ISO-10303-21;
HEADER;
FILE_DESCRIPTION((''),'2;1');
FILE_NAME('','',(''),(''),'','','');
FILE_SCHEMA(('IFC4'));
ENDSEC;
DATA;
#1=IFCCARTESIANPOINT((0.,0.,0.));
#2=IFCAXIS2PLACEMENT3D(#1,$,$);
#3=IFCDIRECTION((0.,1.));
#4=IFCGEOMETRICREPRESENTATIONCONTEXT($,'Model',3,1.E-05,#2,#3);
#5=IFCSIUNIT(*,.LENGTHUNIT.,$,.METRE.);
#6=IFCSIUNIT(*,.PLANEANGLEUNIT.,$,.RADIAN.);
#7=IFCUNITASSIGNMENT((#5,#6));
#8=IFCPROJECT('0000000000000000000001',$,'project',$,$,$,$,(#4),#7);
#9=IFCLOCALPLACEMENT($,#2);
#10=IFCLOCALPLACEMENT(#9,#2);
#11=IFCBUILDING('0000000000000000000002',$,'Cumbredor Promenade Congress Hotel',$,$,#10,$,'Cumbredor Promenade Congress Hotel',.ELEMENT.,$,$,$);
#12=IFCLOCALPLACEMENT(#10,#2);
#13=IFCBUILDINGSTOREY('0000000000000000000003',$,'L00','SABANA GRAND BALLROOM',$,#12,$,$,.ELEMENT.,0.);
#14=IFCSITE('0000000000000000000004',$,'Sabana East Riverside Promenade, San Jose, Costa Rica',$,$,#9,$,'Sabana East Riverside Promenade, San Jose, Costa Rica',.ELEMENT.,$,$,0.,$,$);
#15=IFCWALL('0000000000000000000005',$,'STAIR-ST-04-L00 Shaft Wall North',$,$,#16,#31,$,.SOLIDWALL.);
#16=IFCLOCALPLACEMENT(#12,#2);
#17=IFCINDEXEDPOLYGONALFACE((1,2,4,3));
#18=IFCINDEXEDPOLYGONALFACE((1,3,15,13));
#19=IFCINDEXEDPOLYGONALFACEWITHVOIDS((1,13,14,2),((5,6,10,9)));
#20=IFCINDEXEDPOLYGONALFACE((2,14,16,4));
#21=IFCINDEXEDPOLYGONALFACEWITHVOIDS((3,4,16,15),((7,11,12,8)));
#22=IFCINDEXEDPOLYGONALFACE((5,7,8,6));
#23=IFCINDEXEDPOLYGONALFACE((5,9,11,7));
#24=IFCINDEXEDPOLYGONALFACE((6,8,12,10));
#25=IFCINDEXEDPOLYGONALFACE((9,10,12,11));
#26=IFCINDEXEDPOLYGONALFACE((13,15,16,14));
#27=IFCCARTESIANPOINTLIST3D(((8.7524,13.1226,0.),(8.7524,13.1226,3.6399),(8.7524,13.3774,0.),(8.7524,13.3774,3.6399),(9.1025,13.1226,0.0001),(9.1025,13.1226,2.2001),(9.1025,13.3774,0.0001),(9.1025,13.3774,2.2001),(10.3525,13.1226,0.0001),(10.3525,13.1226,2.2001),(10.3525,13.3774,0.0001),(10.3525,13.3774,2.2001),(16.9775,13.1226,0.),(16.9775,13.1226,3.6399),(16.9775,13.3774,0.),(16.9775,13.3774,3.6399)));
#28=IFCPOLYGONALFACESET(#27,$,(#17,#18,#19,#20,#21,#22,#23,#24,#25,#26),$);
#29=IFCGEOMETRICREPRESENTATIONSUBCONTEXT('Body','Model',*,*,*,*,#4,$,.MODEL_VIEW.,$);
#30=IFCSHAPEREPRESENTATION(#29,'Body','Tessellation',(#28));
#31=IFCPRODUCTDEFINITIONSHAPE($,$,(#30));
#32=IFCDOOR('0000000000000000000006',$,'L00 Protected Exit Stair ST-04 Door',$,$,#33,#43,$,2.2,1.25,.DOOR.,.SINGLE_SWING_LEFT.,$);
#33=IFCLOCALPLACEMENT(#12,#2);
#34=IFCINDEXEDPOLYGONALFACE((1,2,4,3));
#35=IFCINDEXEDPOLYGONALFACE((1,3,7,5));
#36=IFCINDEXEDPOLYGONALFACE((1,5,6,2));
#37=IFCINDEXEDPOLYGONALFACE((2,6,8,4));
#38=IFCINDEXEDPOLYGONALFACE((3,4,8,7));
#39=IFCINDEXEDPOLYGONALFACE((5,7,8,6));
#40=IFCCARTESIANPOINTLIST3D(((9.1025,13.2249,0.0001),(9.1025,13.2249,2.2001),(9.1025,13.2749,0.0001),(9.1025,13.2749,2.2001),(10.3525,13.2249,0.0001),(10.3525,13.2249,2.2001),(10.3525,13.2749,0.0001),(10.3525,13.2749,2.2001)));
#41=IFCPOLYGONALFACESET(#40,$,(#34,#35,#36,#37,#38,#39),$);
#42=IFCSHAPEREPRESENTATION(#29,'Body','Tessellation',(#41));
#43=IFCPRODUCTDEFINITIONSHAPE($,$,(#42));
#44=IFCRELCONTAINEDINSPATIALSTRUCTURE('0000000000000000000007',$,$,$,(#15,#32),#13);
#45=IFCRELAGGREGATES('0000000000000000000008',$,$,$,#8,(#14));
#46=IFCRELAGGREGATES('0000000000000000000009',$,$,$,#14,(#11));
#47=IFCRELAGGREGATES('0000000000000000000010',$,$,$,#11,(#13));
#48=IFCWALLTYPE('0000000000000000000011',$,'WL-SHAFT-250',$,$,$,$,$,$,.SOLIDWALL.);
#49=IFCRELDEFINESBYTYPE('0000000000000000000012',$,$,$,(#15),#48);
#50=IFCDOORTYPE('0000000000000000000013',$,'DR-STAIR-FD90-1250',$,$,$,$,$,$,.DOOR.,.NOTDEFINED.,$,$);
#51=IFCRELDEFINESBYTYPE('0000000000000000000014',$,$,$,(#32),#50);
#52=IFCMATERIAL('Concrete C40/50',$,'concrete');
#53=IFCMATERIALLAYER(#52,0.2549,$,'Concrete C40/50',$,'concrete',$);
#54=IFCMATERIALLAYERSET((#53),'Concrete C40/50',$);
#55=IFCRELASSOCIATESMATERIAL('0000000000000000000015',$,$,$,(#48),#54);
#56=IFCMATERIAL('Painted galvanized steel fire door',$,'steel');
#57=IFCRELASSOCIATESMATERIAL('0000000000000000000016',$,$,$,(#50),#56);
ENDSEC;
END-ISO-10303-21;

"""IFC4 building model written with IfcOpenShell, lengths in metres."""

from ifc_helpers import new_model, si_unit, direction, frame, frame_2d, origin, place, context, subcontext, project, spatial, rectangle, extrude, material, layer, layer_set, type_object, element, fill, save


model = new_model("IFC4")

# Units and contexts
model_context = context("Model", 3, precision=1e-05, world=origin(), true_north=direction((0.0, 1.0)))
body_context = subcontext(model_context, "Body", "Model", "MODEL_VIEW")
ifc_project = project(units=[si_unit("LENGTHUNIT", "METRE"), si_unit("PLANEANGLEUNIT", "RADIAN")], contexts=[model_context])

# Site, building, storey
site_placement = place(None, origin())
site = spatial("IfcSite", under=ifc_project, at=site_placement, Name="Sabana East Riverside Promenade, San Jose, Costa Rica", LongName="Sabana East Riverside Promenade, San Jose, Costa Rica", CompositionType="ELEMENT", RefElevation=0.0)
building_placement = place(site_placement, origin())
building = spatial("IfcBuilding", under=site, at=building_placement, Name="Cumbredor Promenade Congress Hotel", LongName="Cumbredor Promenade Congress Hotel", CompositionType="ELEMENT")
storey_placement = place(building_placement, origin())
storey = spatial("IfcBuildingStorey", under=building, at=storey_placement, Name="L00", Description="SABANA GRAND BALLROOM", CompositionType="ELEMENT", Elevation=0.0)

# Shared definitions
ifc_material_1 = material(Name="Concrete C40/50", Category="concrete")

# Shared definitions
ifc_layer_1 = layer(ifc_material_1, 0.2549, Name="Concrete C40/50", Category="concrete")
ifc_layer_set_1 = layer_set([ifc_layer_1], Name="Concrete C40/50")
wall_type_1 = type_object("IfcWallType", Name="WL-SHAFT-250", PredefinedType="SOLIDWALL", material=ifc_layer_set_1)

# Wall, opening, door
wall_1_placement = place(storey_placement, frame((8.7524, 13.25, 0.0), z_axis=(0.0, 0.0, 1.0), x_axis=(1.0, 0.0, 0.0)))
wall_1 = element("IfcWall", 1, at=wall_1_placement, inside=storey, type_object=wall_type_1, Name="STAIR-ST-04-L00 Shaft Wall North", PredefinedType="SOLIDWALL", context=body_context, shape_type="SweptSolid", body=[
    extrude(rectangle(XDim=8.2251, YDim=0.2549, at=frame_2d((4.1125, 0.0))), origin(), (0.0, 0.0, 1.0), 3.6399),
])
opening_1_placement = place(wall_1_placement, frame((0.3501, 0.0, 0.0)))
opening_1 = element("IfcOpeningElement", 2, at=opening_1_placement, cuts=wall_1, PredefinedType="OPENING", context=body_context, shape_type="SweptSolid", body=[
    extrude(rectangle(XDim=1.25, YDim=2.2, at=frame_2d((0.625, 1.1001))), frame((0.0, 0.1375, 0.0), z_axis=(0.0, -1.0, 0.0), x_axis=(1.0, 0.0, 0.0)), (0.0, 0.0, 1.0), 0.2749),
])
ifc_material_2 = material(Name="Painted galvanized steel fire door", Category="steel")
door_type_1 = type_object("IfcDoorType", Name="DR-STAIR-FD90-1250", OperationType="NOTDEFINED", PredefinedType="DOOR", material=ifc_material_2)
door_1_placement = place(opening_1_placement, origin())
door_1 = element("IfcDoor", 3, at=door_1_placement, inside=storey, type_object=door_type_1, Name="L00 Protected Exit Stair ST-04 Door", OperationType="SINGLE_SWING_LEFT", OverallHeight=2.2, OverallWidth=1.25, PredefinedType="DOOR", context=body_context, shape_type="SweptSolid", body=[
    extrude(rectangle(XDim=1.25, YDim=2.2, at=frame_2d((0.625, 1.1001))), frame((0.0, 0.0249, 0.0), z_axis=(0.0, -1.0, 0.0), x_axis=(1.0, 0.0, 0.0)), (0.0, 0.0, 1.0), 0.05),
])
fill(opening_1, door_1)

save(model, "model.ifc")
